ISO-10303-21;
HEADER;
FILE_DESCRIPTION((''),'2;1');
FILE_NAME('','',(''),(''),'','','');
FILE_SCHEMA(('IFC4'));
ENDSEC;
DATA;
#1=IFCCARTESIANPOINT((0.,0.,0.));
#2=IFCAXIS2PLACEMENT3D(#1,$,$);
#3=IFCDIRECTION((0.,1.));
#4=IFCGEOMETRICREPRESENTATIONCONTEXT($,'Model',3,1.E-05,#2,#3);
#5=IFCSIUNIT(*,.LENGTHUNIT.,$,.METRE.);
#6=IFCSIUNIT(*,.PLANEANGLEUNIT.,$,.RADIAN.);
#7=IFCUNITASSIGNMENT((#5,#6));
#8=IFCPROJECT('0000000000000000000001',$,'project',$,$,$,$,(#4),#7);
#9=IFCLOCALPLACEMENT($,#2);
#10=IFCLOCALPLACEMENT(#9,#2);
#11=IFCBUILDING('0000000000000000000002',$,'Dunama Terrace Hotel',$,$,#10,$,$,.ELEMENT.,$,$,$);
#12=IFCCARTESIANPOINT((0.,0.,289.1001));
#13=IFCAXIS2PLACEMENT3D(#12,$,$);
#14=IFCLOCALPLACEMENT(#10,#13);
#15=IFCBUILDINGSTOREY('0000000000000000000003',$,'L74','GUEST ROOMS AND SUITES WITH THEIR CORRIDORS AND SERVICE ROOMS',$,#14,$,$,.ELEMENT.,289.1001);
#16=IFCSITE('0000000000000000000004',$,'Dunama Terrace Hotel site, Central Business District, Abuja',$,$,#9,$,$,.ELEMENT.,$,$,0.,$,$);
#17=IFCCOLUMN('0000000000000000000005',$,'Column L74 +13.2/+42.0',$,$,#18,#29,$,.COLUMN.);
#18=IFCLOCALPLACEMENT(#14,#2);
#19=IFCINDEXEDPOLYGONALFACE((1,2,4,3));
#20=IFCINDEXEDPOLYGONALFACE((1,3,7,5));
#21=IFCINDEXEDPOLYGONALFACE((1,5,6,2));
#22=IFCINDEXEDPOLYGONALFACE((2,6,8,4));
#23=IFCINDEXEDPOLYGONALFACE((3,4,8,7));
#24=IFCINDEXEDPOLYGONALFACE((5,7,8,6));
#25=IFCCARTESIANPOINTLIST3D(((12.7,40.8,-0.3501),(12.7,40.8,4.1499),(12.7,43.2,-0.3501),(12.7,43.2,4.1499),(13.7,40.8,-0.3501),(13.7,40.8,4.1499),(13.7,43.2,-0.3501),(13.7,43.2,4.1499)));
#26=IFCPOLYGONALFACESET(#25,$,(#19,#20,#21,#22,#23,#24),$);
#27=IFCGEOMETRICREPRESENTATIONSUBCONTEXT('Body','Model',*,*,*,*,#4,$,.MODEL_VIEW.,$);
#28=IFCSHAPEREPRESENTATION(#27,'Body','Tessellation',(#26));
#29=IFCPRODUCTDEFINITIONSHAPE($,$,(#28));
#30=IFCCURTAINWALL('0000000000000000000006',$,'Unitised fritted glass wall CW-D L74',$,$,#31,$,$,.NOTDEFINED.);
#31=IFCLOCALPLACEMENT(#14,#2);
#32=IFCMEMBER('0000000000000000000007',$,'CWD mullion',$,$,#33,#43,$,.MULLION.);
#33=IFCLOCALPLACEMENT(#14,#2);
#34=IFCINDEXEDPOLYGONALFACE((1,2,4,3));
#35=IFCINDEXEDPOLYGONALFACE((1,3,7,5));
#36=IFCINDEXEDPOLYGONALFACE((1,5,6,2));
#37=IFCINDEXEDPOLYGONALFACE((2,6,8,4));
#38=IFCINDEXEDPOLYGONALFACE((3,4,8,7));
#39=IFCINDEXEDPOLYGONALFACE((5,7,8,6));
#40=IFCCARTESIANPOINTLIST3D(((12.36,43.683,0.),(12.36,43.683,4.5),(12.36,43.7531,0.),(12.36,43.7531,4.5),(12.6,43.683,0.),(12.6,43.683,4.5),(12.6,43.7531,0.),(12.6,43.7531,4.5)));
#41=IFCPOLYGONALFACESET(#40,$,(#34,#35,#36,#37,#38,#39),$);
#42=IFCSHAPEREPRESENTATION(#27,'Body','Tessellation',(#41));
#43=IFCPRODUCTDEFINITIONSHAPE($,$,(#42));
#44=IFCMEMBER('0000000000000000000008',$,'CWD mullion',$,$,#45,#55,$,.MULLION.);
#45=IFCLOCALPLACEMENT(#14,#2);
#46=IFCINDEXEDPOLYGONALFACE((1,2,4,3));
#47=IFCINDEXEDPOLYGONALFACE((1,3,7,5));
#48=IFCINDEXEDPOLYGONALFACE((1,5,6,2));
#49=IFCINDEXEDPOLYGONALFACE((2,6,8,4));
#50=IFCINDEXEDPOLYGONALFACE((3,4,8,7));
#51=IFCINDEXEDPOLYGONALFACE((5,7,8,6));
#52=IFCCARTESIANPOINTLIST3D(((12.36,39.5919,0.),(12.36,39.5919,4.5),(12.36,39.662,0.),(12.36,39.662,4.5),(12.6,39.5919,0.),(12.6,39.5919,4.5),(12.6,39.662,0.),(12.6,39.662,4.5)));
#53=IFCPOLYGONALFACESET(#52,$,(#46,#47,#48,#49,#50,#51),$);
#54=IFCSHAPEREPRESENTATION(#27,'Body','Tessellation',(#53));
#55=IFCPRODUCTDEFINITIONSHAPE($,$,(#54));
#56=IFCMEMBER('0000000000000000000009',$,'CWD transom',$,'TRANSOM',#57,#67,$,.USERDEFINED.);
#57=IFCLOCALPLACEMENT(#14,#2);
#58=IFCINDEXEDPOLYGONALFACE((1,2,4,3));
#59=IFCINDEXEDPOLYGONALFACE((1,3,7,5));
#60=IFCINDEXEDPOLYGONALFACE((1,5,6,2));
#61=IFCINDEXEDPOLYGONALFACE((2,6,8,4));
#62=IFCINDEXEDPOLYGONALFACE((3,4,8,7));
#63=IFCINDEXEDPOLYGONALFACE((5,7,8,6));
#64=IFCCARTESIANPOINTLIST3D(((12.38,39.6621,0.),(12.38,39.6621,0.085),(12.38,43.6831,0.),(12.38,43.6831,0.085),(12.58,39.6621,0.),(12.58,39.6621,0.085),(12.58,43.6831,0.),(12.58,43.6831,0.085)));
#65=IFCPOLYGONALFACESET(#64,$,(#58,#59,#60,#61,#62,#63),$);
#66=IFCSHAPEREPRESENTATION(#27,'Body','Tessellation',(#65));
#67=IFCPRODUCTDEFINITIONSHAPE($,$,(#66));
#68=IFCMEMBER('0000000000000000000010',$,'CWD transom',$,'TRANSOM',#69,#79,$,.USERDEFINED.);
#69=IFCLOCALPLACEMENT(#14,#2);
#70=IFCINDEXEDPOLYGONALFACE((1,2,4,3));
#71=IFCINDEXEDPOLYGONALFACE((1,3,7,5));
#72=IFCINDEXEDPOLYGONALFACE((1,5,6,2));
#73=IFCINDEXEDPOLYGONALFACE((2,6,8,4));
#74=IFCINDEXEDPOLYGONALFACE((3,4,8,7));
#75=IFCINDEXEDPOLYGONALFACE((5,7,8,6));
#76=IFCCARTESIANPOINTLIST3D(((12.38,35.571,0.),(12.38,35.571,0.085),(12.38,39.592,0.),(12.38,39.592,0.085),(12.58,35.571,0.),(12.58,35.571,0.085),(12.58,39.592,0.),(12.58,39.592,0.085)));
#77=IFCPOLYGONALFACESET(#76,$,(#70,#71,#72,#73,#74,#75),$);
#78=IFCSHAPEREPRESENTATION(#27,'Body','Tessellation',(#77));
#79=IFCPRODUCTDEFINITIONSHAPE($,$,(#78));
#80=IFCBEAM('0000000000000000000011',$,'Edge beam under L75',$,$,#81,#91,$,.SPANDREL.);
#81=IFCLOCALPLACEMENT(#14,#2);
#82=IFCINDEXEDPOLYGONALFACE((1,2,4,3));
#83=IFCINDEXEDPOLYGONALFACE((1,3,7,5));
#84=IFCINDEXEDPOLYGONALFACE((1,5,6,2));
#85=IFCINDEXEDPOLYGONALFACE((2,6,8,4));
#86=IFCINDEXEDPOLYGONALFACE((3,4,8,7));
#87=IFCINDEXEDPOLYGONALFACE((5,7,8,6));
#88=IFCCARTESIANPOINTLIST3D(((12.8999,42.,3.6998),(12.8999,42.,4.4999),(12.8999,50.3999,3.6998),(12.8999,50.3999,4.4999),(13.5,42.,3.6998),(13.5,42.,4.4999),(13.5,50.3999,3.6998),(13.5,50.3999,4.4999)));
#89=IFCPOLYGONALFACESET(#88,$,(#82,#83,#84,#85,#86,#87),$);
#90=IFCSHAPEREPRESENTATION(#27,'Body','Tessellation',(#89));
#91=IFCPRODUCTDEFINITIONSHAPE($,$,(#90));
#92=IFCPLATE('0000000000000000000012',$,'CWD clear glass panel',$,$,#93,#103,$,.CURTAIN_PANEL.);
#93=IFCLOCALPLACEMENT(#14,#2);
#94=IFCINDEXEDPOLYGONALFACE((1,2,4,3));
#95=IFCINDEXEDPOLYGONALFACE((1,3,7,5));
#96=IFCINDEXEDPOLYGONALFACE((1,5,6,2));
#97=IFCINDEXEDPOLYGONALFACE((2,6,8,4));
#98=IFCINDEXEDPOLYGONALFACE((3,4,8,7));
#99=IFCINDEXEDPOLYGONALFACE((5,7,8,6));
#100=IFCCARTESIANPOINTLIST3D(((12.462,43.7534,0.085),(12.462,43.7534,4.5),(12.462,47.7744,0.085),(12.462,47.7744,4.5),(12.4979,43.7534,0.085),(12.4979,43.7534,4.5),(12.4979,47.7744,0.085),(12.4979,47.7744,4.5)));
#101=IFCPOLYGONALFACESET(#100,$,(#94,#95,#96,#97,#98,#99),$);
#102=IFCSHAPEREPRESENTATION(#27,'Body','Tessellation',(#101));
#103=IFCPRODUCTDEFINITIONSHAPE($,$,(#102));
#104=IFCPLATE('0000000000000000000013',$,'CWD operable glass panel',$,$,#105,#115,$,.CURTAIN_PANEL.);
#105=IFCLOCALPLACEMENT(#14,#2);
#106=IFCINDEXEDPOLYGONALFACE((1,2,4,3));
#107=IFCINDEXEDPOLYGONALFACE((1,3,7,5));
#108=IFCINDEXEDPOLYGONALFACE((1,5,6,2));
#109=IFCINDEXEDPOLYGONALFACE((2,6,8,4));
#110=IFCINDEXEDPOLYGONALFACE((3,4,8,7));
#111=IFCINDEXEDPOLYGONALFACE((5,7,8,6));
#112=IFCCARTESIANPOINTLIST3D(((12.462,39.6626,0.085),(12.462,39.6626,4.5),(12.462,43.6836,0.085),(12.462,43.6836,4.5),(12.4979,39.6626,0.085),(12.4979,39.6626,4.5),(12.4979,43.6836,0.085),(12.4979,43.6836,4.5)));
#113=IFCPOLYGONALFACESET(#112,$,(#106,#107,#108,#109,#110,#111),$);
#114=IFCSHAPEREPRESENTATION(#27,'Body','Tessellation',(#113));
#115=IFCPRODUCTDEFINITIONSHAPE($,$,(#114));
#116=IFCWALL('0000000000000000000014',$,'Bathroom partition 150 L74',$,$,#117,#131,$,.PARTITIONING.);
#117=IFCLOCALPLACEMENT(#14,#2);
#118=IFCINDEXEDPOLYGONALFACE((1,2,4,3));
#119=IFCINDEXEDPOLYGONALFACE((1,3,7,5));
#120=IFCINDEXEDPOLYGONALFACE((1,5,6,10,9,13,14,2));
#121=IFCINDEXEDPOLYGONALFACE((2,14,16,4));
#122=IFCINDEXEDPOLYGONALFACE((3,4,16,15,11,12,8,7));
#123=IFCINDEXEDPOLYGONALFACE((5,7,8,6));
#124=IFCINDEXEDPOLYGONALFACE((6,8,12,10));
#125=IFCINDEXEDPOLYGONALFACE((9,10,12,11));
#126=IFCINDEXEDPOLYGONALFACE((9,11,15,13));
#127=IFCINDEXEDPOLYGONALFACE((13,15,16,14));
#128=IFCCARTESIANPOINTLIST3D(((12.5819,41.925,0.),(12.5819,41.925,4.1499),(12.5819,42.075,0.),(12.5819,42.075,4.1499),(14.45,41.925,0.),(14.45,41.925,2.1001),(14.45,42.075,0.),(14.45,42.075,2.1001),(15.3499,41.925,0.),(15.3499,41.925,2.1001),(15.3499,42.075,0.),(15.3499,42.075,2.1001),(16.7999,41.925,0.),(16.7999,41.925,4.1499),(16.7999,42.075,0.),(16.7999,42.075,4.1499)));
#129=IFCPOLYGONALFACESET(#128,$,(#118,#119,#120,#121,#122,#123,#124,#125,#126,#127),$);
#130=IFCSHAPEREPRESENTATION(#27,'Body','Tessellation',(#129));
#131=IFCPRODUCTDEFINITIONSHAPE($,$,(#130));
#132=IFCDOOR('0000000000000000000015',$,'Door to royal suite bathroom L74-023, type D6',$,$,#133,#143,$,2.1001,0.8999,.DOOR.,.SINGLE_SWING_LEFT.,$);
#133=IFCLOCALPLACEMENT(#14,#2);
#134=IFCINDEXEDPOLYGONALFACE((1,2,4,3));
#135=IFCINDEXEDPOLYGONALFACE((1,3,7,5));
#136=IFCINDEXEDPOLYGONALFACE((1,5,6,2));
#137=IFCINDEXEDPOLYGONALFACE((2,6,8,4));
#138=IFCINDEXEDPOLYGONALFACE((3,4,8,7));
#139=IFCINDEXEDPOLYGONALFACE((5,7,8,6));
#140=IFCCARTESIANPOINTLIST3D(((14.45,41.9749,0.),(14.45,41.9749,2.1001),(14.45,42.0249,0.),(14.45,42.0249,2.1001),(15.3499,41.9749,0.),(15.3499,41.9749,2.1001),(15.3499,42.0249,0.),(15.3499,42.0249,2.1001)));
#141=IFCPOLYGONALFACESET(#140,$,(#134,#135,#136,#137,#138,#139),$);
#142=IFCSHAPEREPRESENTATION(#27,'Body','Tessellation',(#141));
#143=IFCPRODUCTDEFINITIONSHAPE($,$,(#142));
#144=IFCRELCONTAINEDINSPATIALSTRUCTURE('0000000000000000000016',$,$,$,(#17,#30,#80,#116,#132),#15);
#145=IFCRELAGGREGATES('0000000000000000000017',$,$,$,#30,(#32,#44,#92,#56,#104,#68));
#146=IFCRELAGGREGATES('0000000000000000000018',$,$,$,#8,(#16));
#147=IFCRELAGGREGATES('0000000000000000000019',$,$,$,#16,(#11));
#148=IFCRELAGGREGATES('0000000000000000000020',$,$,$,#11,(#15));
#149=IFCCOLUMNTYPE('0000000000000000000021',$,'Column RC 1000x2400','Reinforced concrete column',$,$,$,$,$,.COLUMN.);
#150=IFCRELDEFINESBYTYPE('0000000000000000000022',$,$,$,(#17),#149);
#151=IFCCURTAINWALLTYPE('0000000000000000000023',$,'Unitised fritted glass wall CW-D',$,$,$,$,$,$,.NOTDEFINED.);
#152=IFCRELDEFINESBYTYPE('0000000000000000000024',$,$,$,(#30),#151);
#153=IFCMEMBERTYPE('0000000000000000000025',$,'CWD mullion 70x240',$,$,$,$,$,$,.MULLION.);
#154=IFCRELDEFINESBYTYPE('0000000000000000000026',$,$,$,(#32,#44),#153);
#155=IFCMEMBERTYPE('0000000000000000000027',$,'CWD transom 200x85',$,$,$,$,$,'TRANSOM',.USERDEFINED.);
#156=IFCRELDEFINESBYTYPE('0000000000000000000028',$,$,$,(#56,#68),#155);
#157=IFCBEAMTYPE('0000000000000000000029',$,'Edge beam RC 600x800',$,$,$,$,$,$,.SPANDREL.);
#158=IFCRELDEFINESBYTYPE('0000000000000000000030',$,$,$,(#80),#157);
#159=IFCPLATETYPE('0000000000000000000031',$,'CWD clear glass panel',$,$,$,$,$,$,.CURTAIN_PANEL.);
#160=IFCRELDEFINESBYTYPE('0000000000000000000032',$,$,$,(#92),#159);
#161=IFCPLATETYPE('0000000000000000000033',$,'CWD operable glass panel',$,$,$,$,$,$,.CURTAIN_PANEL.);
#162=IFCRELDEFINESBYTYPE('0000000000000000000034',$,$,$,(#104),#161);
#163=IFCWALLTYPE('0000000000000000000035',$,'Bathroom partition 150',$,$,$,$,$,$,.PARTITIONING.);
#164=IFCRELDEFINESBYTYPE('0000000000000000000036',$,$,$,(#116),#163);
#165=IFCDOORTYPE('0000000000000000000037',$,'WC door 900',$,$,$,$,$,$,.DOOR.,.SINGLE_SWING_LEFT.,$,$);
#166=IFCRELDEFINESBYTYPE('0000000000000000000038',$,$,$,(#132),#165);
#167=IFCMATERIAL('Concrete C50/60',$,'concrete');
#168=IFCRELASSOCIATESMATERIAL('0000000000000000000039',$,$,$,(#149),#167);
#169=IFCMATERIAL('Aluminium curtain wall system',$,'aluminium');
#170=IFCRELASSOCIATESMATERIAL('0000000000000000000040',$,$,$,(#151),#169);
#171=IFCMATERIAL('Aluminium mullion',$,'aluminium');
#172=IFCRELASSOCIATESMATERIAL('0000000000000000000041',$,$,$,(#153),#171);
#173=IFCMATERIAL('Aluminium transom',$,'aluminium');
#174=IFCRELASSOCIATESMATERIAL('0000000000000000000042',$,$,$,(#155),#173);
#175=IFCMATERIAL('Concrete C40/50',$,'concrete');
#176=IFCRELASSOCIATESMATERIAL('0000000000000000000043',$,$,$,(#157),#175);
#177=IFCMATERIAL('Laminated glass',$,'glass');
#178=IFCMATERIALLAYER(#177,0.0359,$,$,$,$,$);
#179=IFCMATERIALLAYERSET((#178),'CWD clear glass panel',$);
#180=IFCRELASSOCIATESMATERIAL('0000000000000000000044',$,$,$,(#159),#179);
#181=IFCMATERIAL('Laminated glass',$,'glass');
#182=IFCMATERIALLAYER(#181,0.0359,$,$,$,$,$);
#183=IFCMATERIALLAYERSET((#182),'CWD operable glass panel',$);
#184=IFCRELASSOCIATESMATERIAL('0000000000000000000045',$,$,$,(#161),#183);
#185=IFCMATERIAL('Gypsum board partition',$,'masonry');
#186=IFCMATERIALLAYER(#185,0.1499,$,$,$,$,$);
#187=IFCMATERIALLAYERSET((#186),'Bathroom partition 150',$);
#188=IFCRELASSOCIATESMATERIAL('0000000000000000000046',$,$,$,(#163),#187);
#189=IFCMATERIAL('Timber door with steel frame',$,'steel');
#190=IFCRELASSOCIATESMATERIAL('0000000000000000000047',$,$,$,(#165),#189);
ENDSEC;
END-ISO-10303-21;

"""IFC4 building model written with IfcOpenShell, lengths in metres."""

from ifc_helpers import new_model, si_unit, direction, frame, frame_2d, origin, origin_2d, place, context, subcontext, project, spatial, rectangle, extrude, material, layer, layer_set, material_profile, profile_set, type_object, element, fill, aggregate, save


model = new_model("IFC4")

# Units and contexts
model_context = context("Model", 3, precision=1e-05, world=origin(), true_north=direction((0.0, 1.0)))
body_context = subcontext(model_context, "Body", "Model", "MODEL_VIEW")
ifc_project = project(units=[si_unit("LENGTHUNIT", "METRE"), si_unit("PLANEANGLEUNIT", "RADIAN")], contexts=[model_context])

# Site, building, storey
site_placement = place(None, origin())
site = spatial("IfcSite", under=ifc_project, at=site_placement, Name="Dunama Terrace Hotel site, Central Business District, Abuja", CompositionType="ELEMENT", RefElevation=0.0)
building_placement = place(site_placement, origin())
building = spatial("IfcBuilding", under=site, at=building_placement, Name="Dunama Terrace Hotel", CompositionType="ELEMENT")
storey_placement = place(building_placement, frame((0.0, 0.0, 289.1001)))
storey = spatial("IfcBuildingStorey", under=building, at=storey_placement, Name="L74", Description="GUEST ROOMS AND SUITES WITH THEIR CORRIDORS AND SERVICE ROOMS", CompositionType="ELEMENT", Elevation=289.1001)

# Column
ifc_material_1 = material(Name="Concrete C50/60", Category="concrete")
ifc_material_profile_1 = material_profile(ifc_material_1, rectangle(XDim=1.0, YDim=2.3999, at=origin_2d()), Name="RC 1000x2400")
ifc_profile_set_1 = profile_set([ifc_material_profile_1], Name="Concrete C50/60")
column_type = type_object("IfcColumnType", Name="Column RC 1000x2400", Description="Reinforced concrete column", PredefinedType="COLUMN", material=ifc_profile_set_1)
column_placement = place(storey_placement, frame((13.2, 42.0, -0.3501), z_axis=(0.0, 0.0, 1.0), x_axis=(1.0, 0.0, 0.0)))
element("IfcColumn", 1, at=column_placement, inside=storey, type_object=column_type, Name="Column L74 +13.2/+42.0", PredefinedType="COLUMN", context=body_context, shape_type="SweptSolid", body=[
    extrude(rectangle(XDim=1.0, YDim=2.3999, at=origin_2d()), origin(), (0.0, 0.0, 1.0), 4.5),
])

# Curtain wall, members
ifc_material_2 = material(Name="Aluminium curtain wall system", Category="aluminium")
curtain_wall_type = type_object("IfcCurtainWallType", Name="Unitised fritted glass wall CW-D", PredefinedType="NOTDEFINED", material=ifc_material_2)
curtain_wall_placement = place(storey_placement, origin())
curtain_wall = element("IfcCurtainWall", 2, at=curtain_wall_placement, inside=storey, type_object=curtain_wall_type, Name="Unitised fritted glass wall CW-D L74", PredefinedType="NOTDEFINED")
ifc_material_3 = material(Name="Aluminium mullion", Category="aluminium")
ifc_material_profile_2 = material_profile(ifc_material_3, rectangle(XDim=0.0701, YDim=0.24, at=origin_2d()), Name="CWD MULLION 70X240")
ifc_profile_set_2 = profile_set([ifc_material_profile_2], Name="Aluminium mullion")
member_type_1 = type_object("IfcMemberType", Name="CWD mullion 70x240", PredefinedType="MULLION", material=ifc_profile_set_2)
member_1_placement = place(storey_placement, frame((12.48, 43.718, 0.0), z_axis=(0.0, 0.0, 1.0), x_axis=(0.0, -1.0, 0.0)))
member_1 = element("IfcMember", 3, at=member_1_placement, type_object=member_type_1, Name="CWD mullion", PredefinedType="MULLION", context=body_context, shape_type="SweptSolid", body=[
    extrude(rectangle(XDim=0.0701, YDim=0.24, at=origin_2d()), origin(), (0.0, 0.0, 1.0), 4.5),
])
member_2_placement = place(storey_placement, frame((12.48, 39.627, 0.0), z_axis=(0.0, 0.0, 1.0), x_axis=(0.0, -1.0, 0.0)))
member_2 = element("IfcMember", 4, at=member_2_placement, type_object=member_type_1, Name="CWD mullion", PredefinedType="MULLION", context=body_context, shape_type="SweptSolid", body=[
    extrude(rectangle(XDim=0.0701, YDim=0.24, at=origin_2d()), origin(), (0.0, 0.0, 1.0), 4.5),
])
ifc_material_4 = material(Name="Aluminium transom", Category="aluminium")
ifc_material_profile_3 = material_profile(ifc_material_4, rectangle(XDim=0.2, YDim=0.085, at=origin_2d()), Name="CWD TRANSOM 200X85")
ifc_profile_set_3 = profile_set([ifc_material_profile_3], Name="Aluminium transom")
member_type_2 = type_object("IfcMemberType", Name="CWD transom 200x85", ElementType="TRANSOM", PredefinedType="USERDEFINED", material=ifc_profile_set_3)
member_3_placement = place(storey_placement, frame((12.48, 43.6831, 0.0425), z_axis=(0.0, -1.0, 0.0), x_axis=(1.0, 0.0, 0.0)))
member_3 = element("IfcMember", 5, at=member_3_placement, type_object=member_type_2, Name="CWD transom", ObjectType="TRANSOM", PredefinedType="USERDEFINED", context=body_context, shape_type="SweptSolid", body=[
    extrude(rectangle(XDim=0.2, YDim=0.085, at=origin_2d()), origin(), (0.0, 0.0, 1.0), 4.021),
])
member_4_placement = place(storey_placement, frame((12.48, 39.592, 0.0425), z_axis=(0.0, -1.0, 0.0), x_axis=(1.0, 0.0, 0.0)))
member_4 = element("IfcMember", 6, at=member_4_placement, type_object=member_type_2, Name="CWD transom", ObjectType="TRANSOM", PredefinedType="USERDEFINED", context=body_context, shape_type="SweptSolid", body=[
    extrude(rectangle(XDim=0.2, YDim=0.085, at=origin_2d()), origin(), (0.0, 0.0, 1.0), 4.021),
])

# Beam
ifc_material_5 = material(Name="Concrete C40/50", Category="concrete")
ifc_material_profile_4 = material_profile(ifc_material_5, rectangle(XDim=0.6001, YDim=0.8, at=origin_2d()), Name="RC 600x800")
ifc_profile_set_4 = profile_set([ifc_material_profile_4], Name="Concrete C40/50")
beam_type = type_object("IfcBeamType", Name="Edge beam RC 600x800", PredefinedType="SPANDREL", material=ifc_profile_set_4)
beam_placement = place(storey_placement, frame((13.2, 42.0, 4.0999), z_axis=(0.0, 1.0, 0.0), x_axis=(-1.0, 0.0, 0.0)))
element("IfcBeam", 7, at=beam_placement, inside=storey, type_object=beam_type, Name="Edge beam under L75", PredefinedType="SPANDREL", context=body_context, shape_type="SweptSolid", body=[
    extrude(rectangle(XDim=0.6001, YDim=0.8, at=origin_2d()), origin(), (0.0, 0.0, 1.0), 8.3999),
])

# Plates
ifc_material_6 = material(Name="Laminated glass", Category="glass")
ifc_layer_1 = layer(ifc_material_6, 0.0359)
ifc_layer_set_1 = layer_set([ifc_layer_1], Name="CWD clear glass panel")
plate_type_1 = type_object("IfcPlateType", Name="CWD clear glass panel", PredefinedType="CURTAIN_PANEL", material=ifc_layer_set_1)
plate_1_placement = place(storey_placement, frame((12.48, 45.7639, 0.085), z_axis=(0.0, 0.0, 1.0), x_axis=(0.0, -1.0, 0.0)))
plate_1 = element("IfcPlate", 8, at=plate_1_placement, type_object=plate_type_1, Name="CWD clear glass panel", PredefinedType="CURTAIN_PANEL", context=body_context, shape_type="SweptSolid", body=[
    extrude(rectangle(XDim=4.021, YDim=0.0359, at=origin_2d()), origin(), (0.0, 0.0, 1.0), 4.415),
])
ifc_material_7 = material(Name="Laminated glass", Category="glass")
ifc_layer_2 = layer(ifc_material_7, 0.0359)
ifc_layer_set_2 = layer_set([ifc_layer_2], Name="CWD operable glass panel")
plate_type_2 = type_object("IfcPlateType", Name="CWD operable glass panel", PredefinedType="CURTAIN_PANEL", material=ifc_layer_set_2)
plate_2_placement = place(storey_placement, frame((12.48, 41.6731, 0.085), z_axis=(0.0, 0.0, 1.0), x_axis=(0.0, -1.0, 0.0)))
plate_2 = element("IfcPlate", 9, at=plate_2_placement, type_object=plate_type_2, Name="CWD operable glass panel", PredefinedType="CURTAIN_PANEL", context=body_context, shape_type="SweptSolid", body=[
    extrude(rectangle(XDim=4.021, YDim=0.0359, at=origin_2d()), origin(), (0.0, 0.0, 1.0), 4.415),
])
aggregate(curtain_wall, [member_1, member_2, plate_1, member_3, plate_2, member_4])

# Wall, opening, door
ifc_material_8 = material(Name="Gypsum board partition", Category="masonry")
ifc_layer_3 = layer(ifc_material_8, 0.1499)
ifc_layer_set_3 = layer_set([ifc_layer_3], Name="Bathroom partition 150")
wall_type_1 = type_object("IfcWallType", Name="Bathroom partition 150", PredefinedType="PARTITIONING", material=ifc_layer_set_3)
wall_1_placement = place(storey_placement, frame((12.582, 42.0, 0.0), z_axis=(0.0, 0.0, 1.0), x_axis=(1.0, 0.0, 0.0)))
wall_1 = element("IfcWall", 10, at=wall_1_placement, inside=storey, type_object=wall_type_1, Name="Bathroom partition 150 L74", PredefinedType="PARTITIONING", context=body_context, shape_type="SweptSolid", body=[
    extrude(rectangle(XDim=4.218, YDim=0.1499, at=frame_2d((2.1089, 0.0))), origin(), (0.0, 0.0, 1.0), 4.1499),
])
opening_1_placement = place(wall_1_placement, frame((1.8679, 0.0, 0.0)))
opening_1 = element("IfcOpeningElement", 11, at=opening_1_placement, cuts=wall_1, PredefinedType="OPENING", context=body_context, shape_type="SweptSolid", body=[
    extrude(rectangle(XDim=0.8999, YDim=2.1001, at=frame_2d((0.45, 1.05))), frame((0.0, 0.085, 0.0), z_axis=(0.0, -1.0, 0.0), x_axis=(1.0, 0.0, 0.0)), (0.0, 0.0, 1.0), 0.1699),
])
ifc_material_9 = material(Name="Timber door with steel frame", Category="steel")
door_type_1 = type_object("IfcDoorType", Name="WC door 900", OperationType="SINGLE_SWING_LEFT", PredefinedType="DOOR", material=ifc_material_9)
door_1_placement = place(opening_1_placement, origin())
door_1 = element("IfcDoor", 12, at=door_1_placement, inside=storey, type_object=door_type_1, Name="Door to royal suite bathroom L74-023, type D6", OperationType="SINGLE_SWING_LEFT", OverallHeight=2.1001, OverallWidth=0.8999, PredefinedType="DOOR", context=body_context, shape_type="SweptSolid", body=[
    extrude(rectangle(XDim=0.8999, YDim=2.1001, at=frame_2d((0.45, 1.05))), frame((0.0, 0.0249, 0.0), z_axis=(0.0, -1.0, 0.0), x_axis=(1.0, 0.0, 0.0)), (0.0, 0.0, 1.0), 0.05),
])
fill(opening_1, door_1)

save(model, "model.ifc")
